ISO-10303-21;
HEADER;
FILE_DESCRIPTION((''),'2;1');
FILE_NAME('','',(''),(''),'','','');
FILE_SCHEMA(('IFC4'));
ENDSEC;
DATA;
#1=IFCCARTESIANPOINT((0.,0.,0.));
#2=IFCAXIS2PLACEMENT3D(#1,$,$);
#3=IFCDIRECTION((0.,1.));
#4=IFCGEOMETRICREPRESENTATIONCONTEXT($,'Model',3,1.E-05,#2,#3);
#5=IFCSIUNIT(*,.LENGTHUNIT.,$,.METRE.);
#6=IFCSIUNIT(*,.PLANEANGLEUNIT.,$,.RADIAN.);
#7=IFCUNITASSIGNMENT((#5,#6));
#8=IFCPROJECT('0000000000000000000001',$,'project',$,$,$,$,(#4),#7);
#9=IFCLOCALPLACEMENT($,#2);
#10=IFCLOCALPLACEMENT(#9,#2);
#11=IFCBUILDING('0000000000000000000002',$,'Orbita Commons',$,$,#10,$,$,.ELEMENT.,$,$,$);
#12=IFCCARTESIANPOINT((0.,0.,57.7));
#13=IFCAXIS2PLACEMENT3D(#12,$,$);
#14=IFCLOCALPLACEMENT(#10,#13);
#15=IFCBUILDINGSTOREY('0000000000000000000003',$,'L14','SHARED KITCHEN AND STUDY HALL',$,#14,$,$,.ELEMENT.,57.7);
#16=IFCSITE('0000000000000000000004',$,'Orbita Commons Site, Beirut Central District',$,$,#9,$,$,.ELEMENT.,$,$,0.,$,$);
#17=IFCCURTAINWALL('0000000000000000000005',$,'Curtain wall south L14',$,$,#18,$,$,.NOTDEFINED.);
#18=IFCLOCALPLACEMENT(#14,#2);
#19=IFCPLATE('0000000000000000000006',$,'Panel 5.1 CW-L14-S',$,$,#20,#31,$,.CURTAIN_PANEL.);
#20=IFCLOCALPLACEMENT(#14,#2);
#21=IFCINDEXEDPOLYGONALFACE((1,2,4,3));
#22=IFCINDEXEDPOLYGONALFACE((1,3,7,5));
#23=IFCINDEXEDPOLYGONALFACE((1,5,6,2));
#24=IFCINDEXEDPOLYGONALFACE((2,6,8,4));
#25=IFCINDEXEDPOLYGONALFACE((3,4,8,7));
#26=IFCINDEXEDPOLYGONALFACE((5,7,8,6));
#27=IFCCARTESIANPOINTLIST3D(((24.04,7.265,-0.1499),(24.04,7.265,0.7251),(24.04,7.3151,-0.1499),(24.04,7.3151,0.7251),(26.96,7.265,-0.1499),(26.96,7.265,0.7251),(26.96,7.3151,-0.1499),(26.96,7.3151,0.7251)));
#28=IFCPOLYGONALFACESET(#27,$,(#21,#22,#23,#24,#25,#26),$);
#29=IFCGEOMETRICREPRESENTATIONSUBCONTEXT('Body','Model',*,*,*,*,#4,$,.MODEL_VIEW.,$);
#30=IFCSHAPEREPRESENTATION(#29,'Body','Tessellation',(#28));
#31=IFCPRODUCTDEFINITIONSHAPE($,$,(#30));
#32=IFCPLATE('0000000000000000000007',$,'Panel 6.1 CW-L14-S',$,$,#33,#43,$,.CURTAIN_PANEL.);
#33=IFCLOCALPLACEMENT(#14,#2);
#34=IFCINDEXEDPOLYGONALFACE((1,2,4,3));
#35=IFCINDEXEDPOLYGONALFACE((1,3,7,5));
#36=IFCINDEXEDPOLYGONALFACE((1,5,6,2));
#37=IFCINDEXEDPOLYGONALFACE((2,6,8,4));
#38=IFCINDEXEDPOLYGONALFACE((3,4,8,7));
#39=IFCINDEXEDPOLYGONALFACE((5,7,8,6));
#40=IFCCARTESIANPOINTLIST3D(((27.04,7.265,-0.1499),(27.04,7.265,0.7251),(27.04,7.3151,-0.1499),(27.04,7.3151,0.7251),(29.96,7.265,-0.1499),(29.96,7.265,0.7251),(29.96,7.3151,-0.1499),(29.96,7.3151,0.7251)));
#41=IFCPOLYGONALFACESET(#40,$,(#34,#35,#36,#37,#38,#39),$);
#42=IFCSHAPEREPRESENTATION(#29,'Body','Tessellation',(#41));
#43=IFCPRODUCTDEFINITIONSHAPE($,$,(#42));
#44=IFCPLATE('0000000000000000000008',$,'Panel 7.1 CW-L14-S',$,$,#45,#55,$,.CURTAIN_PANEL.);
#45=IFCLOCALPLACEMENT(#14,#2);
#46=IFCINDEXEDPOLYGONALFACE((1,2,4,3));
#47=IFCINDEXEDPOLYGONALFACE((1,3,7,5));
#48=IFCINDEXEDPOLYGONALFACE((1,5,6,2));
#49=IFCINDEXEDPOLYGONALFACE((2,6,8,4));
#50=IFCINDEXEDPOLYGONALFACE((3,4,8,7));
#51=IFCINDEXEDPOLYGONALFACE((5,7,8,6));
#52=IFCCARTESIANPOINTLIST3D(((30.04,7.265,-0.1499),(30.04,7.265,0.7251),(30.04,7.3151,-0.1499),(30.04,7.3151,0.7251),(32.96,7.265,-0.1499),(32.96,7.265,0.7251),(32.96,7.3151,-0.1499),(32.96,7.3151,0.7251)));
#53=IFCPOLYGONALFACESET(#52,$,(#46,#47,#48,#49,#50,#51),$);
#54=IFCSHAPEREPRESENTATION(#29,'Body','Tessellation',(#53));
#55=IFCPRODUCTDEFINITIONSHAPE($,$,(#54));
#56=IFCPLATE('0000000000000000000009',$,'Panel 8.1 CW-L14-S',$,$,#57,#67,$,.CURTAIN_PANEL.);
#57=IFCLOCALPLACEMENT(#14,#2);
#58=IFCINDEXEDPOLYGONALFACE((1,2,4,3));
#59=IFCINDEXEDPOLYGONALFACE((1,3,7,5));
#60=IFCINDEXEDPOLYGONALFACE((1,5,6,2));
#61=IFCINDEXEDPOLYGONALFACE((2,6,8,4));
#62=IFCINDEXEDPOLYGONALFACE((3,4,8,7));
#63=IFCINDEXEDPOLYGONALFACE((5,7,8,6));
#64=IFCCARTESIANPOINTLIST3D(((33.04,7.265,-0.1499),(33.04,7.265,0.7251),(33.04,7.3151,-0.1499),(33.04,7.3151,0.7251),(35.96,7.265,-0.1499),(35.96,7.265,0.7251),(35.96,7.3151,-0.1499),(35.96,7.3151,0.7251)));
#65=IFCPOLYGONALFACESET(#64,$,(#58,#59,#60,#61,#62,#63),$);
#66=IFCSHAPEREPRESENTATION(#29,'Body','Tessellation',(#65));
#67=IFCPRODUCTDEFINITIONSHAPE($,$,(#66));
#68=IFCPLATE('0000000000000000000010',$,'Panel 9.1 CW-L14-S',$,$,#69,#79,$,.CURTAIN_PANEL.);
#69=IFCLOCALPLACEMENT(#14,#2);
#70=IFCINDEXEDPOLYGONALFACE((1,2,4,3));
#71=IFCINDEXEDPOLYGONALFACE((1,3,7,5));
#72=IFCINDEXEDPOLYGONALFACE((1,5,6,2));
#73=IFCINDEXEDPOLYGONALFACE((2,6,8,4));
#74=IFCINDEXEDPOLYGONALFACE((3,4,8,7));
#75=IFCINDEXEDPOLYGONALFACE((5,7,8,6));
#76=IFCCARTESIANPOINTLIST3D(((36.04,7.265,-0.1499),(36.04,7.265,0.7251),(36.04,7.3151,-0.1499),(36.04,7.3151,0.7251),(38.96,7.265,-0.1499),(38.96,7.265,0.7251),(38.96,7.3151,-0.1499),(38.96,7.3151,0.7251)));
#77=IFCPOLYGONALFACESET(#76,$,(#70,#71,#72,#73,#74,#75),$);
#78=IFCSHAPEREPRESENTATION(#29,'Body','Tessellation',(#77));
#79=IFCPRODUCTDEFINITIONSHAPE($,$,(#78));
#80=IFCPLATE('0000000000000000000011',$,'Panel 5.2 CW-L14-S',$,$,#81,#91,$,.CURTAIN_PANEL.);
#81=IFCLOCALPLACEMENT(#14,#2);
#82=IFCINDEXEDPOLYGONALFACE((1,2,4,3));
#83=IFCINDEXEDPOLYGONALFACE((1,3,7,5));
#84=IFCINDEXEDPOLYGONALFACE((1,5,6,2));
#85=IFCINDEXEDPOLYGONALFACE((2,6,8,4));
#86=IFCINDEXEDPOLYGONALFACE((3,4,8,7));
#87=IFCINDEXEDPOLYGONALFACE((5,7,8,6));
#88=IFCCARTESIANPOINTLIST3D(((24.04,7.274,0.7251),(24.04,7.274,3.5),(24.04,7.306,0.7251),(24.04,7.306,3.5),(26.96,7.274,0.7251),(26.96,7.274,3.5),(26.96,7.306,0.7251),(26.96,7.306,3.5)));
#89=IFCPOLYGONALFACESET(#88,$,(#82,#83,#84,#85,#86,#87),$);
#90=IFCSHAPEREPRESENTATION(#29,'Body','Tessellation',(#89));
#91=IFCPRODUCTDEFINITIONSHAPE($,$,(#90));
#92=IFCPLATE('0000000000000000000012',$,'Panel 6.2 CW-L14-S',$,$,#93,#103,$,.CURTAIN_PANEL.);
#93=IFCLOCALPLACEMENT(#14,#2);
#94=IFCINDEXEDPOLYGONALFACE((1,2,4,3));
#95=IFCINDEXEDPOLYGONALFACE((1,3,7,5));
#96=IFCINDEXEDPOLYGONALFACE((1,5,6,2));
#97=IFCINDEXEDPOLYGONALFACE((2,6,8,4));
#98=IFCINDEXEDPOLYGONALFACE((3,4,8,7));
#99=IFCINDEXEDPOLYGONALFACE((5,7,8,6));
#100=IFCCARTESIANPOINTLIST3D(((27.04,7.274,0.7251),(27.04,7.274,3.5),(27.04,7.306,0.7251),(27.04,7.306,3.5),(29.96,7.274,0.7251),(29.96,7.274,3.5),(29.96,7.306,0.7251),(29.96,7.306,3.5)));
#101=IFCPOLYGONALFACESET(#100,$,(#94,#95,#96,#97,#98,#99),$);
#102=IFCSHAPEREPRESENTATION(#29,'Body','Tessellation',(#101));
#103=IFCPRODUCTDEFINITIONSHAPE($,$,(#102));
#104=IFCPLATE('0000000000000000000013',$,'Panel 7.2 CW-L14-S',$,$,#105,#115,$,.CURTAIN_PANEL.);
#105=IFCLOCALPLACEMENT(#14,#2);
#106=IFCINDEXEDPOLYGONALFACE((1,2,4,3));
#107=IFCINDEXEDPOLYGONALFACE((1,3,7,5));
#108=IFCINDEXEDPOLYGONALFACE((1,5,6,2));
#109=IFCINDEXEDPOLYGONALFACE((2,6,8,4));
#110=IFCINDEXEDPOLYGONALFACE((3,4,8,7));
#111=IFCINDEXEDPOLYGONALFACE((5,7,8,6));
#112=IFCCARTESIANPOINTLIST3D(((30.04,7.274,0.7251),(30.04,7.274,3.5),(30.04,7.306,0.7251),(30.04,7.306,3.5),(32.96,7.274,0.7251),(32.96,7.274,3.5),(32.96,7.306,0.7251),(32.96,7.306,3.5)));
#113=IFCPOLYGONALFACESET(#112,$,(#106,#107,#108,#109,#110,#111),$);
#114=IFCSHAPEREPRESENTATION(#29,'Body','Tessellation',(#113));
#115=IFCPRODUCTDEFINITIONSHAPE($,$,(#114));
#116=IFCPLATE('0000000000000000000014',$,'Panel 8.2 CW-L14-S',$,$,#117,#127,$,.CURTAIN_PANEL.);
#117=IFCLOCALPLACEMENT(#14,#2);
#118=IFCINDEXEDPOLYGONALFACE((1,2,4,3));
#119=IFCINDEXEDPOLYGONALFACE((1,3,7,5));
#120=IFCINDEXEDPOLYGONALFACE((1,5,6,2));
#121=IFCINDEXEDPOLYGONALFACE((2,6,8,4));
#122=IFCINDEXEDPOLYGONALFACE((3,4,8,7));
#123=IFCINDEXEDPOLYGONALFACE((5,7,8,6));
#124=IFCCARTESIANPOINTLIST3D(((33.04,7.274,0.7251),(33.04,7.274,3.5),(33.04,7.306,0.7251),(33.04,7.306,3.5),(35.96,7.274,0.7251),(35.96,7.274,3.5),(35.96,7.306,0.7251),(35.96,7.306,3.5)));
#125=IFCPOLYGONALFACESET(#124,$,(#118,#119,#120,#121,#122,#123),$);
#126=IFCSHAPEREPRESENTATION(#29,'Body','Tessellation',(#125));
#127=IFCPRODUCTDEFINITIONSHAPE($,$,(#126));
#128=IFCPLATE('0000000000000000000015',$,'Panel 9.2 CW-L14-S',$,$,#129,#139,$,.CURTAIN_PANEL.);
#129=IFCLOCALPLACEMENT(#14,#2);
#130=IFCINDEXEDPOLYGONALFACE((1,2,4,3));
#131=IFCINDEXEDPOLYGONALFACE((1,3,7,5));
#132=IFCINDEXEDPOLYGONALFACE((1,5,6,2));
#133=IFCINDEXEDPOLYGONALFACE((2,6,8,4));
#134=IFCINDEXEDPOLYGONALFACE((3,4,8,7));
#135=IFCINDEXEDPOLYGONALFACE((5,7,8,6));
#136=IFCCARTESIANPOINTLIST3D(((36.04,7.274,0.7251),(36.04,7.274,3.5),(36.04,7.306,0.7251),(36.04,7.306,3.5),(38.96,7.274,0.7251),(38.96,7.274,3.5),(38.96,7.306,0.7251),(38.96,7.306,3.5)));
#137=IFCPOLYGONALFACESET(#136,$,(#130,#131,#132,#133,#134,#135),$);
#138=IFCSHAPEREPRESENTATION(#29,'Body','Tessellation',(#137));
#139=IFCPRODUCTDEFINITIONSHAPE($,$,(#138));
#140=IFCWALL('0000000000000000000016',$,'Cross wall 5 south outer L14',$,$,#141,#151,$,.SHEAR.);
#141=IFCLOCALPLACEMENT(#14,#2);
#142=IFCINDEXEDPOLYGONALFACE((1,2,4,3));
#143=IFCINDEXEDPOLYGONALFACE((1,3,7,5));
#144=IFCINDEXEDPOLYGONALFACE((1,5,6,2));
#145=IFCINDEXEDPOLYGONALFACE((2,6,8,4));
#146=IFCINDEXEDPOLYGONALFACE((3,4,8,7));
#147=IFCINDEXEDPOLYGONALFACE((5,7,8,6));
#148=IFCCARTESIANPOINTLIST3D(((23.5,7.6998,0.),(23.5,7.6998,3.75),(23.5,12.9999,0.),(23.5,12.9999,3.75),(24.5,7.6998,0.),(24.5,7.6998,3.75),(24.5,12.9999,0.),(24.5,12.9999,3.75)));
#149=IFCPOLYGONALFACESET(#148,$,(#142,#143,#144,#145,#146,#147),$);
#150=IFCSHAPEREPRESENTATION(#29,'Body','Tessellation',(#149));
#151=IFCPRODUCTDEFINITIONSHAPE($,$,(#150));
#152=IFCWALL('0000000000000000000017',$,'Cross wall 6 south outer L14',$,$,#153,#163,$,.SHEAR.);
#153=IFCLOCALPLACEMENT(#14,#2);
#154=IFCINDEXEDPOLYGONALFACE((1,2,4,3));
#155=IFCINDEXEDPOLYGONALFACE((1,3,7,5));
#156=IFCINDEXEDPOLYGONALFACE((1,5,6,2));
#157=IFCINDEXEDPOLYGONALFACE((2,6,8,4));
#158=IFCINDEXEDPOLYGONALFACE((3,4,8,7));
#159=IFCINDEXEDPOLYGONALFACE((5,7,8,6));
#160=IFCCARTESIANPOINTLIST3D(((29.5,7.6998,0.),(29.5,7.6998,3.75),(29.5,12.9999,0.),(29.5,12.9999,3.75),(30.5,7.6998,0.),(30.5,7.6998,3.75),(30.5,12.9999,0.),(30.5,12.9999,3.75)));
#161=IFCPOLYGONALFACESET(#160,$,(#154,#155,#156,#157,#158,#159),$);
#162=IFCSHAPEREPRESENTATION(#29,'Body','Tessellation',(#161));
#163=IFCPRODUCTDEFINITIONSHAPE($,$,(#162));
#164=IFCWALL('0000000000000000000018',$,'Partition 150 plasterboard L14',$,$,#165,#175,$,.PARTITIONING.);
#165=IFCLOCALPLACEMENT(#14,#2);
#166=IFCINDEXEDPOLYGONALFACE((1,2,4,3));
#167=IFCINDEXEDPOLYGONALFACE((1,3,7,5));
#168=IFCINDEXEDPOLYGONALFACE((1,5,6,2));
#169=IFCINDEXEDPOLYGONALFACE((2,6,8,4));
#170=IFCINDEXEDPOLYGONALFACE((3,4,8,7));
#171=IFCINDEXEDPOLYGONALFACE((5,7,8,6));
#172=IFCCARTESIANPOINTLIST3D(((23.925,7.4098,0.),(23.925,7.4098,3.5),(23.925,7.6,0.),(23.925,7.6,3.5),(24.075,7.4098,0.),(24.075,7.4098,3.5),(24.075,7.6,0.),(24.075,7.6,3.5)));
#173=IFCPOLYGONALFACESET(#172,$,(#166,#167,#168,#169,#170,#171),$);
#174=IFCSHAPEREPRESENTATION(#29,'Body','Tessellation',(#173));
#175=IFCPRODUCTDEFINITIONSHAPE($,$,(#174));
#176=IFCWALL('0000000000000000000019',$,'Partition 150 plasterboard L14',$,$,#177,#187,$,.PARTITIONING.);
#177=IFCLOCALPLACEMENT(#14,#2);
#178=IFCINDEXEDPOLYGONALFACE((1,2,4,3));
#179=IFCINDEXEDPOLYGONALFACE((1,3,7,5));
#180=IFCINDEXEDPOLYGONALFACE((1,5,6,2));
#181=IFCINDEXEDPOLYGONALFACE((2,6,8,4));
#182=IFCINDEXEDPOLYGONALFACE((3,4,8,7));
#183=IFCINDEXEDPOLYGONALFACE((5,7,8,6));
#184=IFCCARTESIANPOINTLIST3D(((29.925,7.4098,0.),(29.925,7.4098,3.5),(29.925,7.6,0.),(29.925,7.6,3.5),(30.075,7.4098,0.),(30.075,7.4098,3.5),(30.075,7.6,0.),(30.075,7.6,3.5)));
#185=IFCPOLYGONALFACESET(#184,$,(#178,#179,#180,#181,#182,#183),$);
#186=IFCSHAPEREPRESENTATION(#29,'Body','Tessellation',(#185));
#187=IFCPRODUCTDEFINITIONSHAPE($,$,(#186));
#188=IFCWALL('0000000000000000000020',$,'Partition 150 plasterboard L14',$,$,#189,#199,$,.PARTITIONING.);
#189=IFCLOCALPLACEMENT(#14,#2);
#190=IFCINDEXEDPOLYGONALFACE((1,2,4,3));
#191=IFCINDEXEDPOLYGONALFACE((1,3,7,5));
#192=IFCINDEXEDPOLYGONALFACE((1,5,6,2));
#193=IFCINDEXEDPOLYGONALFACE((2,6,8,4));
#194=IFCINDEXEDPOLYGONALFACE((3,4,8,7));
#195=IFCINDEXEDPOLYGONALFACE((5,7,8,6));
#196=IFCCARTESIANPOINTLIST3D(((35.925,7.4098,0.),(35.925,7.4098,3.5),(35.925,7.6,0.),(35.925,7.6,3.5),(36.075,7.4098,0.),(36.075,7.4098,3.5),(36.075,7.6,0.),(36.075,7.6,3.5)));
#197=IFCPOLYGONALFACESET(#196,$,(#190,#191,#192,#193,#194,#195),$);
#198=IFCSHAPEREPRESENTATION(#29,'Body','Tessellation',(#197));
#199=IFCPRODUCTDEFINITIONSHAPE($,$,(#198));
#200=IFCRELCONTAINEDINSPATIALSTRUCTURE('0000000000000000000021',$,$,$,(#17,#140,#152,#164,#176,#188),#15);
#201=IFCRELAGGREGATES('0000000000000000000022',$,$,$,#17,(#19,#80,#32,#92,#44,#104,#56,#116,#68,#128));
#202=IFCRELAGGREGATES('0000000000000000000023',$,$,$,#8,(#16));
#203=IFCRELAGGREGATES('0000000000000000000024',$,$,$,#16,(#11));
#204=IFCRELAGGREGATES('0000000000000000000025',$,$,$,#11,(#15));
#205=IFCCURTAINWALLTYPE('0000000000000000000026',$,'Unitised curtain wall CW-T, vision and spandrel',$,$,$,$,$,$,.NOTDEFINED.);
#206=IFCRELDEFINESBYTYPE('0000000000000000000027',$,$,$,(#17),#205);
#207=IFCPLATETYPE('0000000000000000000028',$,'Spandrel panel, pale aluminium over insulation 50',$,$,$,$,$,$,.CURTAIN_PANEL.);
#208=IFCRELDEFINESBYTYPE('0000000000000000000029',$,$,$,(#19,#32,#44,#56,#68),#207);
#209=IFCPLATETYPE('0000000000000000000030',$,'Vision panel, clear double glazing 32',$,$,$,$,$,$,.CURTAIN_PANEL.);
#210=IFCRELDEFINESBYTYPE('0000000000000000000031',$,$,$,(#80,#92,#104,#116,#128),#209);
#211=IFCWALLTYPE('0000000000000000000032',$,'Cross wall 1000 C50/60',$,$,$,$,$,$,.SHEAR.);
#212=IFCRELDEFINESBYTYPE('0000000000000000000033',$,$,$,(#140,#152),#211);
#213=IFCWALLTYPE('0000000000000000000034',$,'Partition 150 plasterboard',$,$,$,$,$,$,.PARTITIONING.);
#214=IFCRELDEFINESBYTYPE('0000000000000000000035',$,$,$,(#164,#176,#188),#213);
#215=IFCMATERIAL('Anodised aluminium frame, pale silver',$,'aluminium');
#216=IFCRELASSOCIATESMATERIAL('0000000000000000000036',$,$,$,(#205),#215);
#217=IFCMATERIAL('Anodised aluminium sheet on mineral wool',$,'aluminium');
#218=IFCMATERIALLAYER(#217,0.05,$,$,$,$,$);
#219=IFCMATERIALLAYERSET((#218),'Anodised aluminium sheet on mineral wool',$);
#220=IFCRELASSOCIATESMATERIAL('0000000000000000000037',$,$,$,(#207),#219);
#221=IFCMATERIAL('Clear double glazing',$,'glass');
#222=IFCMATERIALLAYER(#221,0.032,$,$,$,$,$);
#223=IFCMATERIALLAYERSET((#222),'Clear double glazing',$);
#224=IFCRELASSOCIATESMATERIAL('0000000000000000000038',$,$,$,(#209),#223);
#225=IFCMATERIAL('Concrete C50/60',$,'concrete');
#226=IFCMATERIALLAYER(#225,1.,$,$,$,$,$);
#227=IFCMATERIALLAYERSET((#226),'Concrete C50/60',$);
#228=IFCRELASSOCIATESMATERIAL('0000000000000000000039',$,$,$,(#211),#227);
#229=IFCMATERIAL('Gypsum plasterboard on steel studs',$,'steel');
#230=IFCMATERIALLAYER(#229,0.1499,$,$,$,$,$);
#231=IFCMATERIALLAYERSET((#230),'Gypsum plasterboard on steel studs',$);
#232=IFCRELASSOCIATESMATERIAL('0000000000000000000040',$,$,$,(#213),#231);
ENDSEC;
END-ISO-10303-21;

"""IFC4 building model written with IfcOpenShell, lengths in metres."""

from ifc_helpers import new_model, si_unit, direction, frame, frame_2d, origin, origin_2d, place, context, subcontext, project, spatial, rectangle, extrude, material, layer, layer_set, type_object, element, aggregate, save


model = new_model("IFC4")

# Units and contexts
model_context = context("Model", 3, precision=1e-05, world=origin(), true_north=direction((0.0, 1.0)))
body_context = subcontext(model_context, "Body", "Model", "MODEL_VIEW")
ifc_project = project(units=[si_unit("LENGTHUNIT", "METRE"), si_unit("PLANEANGLEUNIT", "RADIAN")], contexts=[model_context])

# Site, building, storey
site_placement = place(None, origin())
site = spatial("IfcSite", under=ifc_project, at=site_placement, Name="Orbita Commons Site, Beirut Central District", CompositionType="ELEMENT", RefElevation=0.0)
building_placement = place(site_placement, origin())
building = spatial("IfcBuilding", under=site, at=building_placement, Name="Orbita Commons", CompositionType="ELEMENT")
storey_placement = place(building_placement, frame((0.0, 0.0, 57.7)))
storey = spatial("IfcBuildingStorey", under=building, at=storey_placement, Name="L14", Description="SHARED KITCHEN AND STUDY HALL", CompositionType="ELEMENT", Elevation=57.7)

# Curtain wall, plates
ifc_material_1 = material(Name="Anodised aluminium frame, pale silver", Category="aluminium")
curtain_wall_type = type_object("IfcCurtainWallType", Name="Unitised curtain wall CW-T, vision and spandrel", PredefinedType="NOTDEFINED", material=ifc_material_1)
curtain_wall_placement = place(storey_placement, origin())
curtain_wall = element("IfcCurtainWall", 1, at=curtain_wall_placement, inside=storey, type_object=curtain_wall_type, Name="Curtain wall south L14", PredefinedType="NOTDEFINED")
ifc_material_2 = material(Name="Anodised aluminium sheet on mineral wool", Category="aluminium")
ifc_layer_1 = layer(ifc_material_2, 0.05)
ifc_layer_set_1 = layer_set([ifc_layer_1], Name="Anodised aluminium sheet on mineral wool")
plate_type_1 = type_object("IfcPlateType", Name="Spandrel panel, pale aluminium over insulation 50", PredefinedType="CURTAIN_PANEL", material=ifc_layer_set_1)
plate_1_placement = place(storey_placement, frame((25.5, 7.29, -0.1499), z_axis=(0.0, 0.0, 1.0), x_axis=(1.0, 0.0, 0.0)))
plate_1 = element("IfcPlate", 2, at=plate_1_placement, type_object=plate_type_1, Name="Panel 5.1 CW-L14-S", PredefinedType="CURTAIN_PANEL", context=body_context, shape_type="SweptSolid", body=[
    extrude(rectangle(XDim=2.9199, YDim=0.05, at=origin_2d()), origin(), (0.0, 0.0, 1.0), 0.875),
])
plate_2_placement = place(storey_placement, frame((28.5, 7.29, -0.1499), z_axis=(0.0, 0.0, 1.0), x_axis=(1.0, 0.0, 0.0)))
plate_2 = element("IfcPlate", 3, at=plate_2_placement, type_object=plate_type_1, Name="Panel 6.1 CW-L14-S", PredefinedType="CURTAIN_PANEL", context=body_context, shape_type="SweptSolid", body=[
    extrude(rectangle(XDim=2.9199, YDim=0.05, at=origin_2d()), origin(), (0.0, 0.0, 1.0), 0.875),
])
plate_3_placement = place(storey_placement, frame((31.5, 7.29, -0.1499), z_axis=(0.0, 0.0, 1.0), x_axis=(1.0, 0.0, 0.0)))
plate_3 = element("IfcPlate", 4, at=plate_3_placement, type_object=plate_type_1, Name="Panel 7.1 CW-L14-S", PredefinedType="CURTAIN_PANEL", context=body_context, shape_type="SweptSolid", body=[
    extrude(rectangle(XDim=2.9199, YDim=0.05, at=origin_2d()), origin(), (0.0, 0.0, 1.0), 0.875),
])
plate_4_placement = place(storey_placement, frame((34.5, 7.29, -0.1499), z_axis=(0.0, 0.0, 1.0), x_axis=(1.0, 0.0, 0.0)))
plate_4 = element("IfcPlate", 5, at=plate_4_placement, type_object=plate_type_1, Name="Panel 8.1 CW-L14-S", PredefinedType="CURTAIN_PANEL", context=body_context, shape_type="SweptSolid", body=[
    extrude(rectangle(XDim=2.9199, YDim=0.05, at=origin_2d()), origin(), (0.0, 0.0, 1.0), 0.875),
])
plate_5_placement = place(storey_placement, frame((37.5, 7.29, -0.1499), z_axis=(0.0, 0.0, 1.0), x_axis=(1.0, 0.0, 0.0)))
plate_5 = element("IfcPlate", 6, at=plate_5_placement, type_object=plate_type_1, Name="Panel 9.1 CW-L14-S", PredefinedType="CURTAIN_PANEL", context=body_context, shape_type="SweptSolid", body=[
    extrude(rectangle(XDim=2.9199, YDim=0.05, at=origin_2d()), origin(), (0.0, 0.0, 1.0), 0.875),
])
ifc_material_3 = material(Name="Clear double glazing", Category="glass")
ifc_layer_2 = layer(ifc_material_3, 0.032)
ifc_layer_set_2 = layer_set([ifc_layer_2], Name="Clear double glazing")
plate_type_2 = type_object("IfcPlateType", Name="Vision panel, clear double glazing 32", PredefinedType="CURTAIN_PANEL", material=ifc_layer_set_2)
plate_6_placement = place(storey_placement, frame((25.5, 7.29, 0.7251), z_axis=(0.0, 0.0, 1.0), x_axis=(1.0, 0.0, 0.0)))
plate_6 = element("IfcPlate", 7, at=plate_6_placement, type_object=plate_type_2, Name="Panel 5.2 CW-L14-S", PredefinedType="CURTAIN_PANEL", context=body_context, shape_type="SweptSolid", body=[
    extrude(rectangle(XDim=2.9199, YDim=0.032, at=origin_2d()), origin(), (0.0, 0.0, 1.0), 2.7749),
])
plate_7_placement = place(storey_placement, frame((28.5, 7.29, 0.7251), z_axis=(0.0, 0.0, 1.0), x_axis=(1.0, 0.0, 0.0)))
plate_7 = element("IfcPlate", 8, at=plate_7_placement, type_object=plate_type_2, Name="Panel 6.2 CW-L14-S", PredefinedType="CURTAIN_PANEL", context=body_context, shape_type="SweptSolid", body=[
    extrude(rectangle(XDim=2.9199, YDim=0.032, at=origin_2d()), origin(), (0.0, 0.0, 1.0), 2.7749),
])
plate_8_placement = place(storey_placement, frame((31.5, 7.29, 0.7251), z_axis=(0.0, 0.0, 1.0), x_axis=(1.0, 0.0, 0.0)))
plate_8 = element("IfcPlate", 9, at=plate_8_placement, type_object=plate_type_2, Name="Panel 7.2 CW-L14-S", PredefinedType="CURTAIN_PANEL", context=body_context, shape_type="SweptSolid", body=[
    extrude(rectangle(XDim=2.9199, YDim=0.032, at=origin_2d()), origin(), (0.0, 0.0, 1.0), 2.7749),
])
plate_9_placement = place(storey_placement, frame((34.5, 7.29, 0.7251), z_axis=(0.0, 0.0, 1.0), x_axis=(1.0, 0.0, 0.0)))
plate_9 = element("IfcPlate", 10, at=plate_9_placement, type_object=plate_type_2, Name="Panel 8.2 CW-L14-S", PredefinedType="CURTAIN_PANEL", context=body_context, shape_type="SweptSolid", body=[
    extrude(rectangle(XDim=2.9199, YDim=0.032, at=origin_2d()), origin(), (0.0, 0.0, 1.0), 2.7749),
])
plate_10_placement = place(storey_placement, frame((37.5, 7.29, 0.7251), z_axis=(0.0, 0.0, 1.0), x_axis=(1.0, 0.0, 0.0)))
plate_10 = element("IfcPlate", 11, at=plate_10_placement, type_object=plate_type_2, Name="Panel 9.2 CW-L14-S", PredefinedType="CURTAIN_PANEL", context=body_context, shape_type="SweptSolid", body=[
    extrude(rectangle(XDim=2.9199, YDim=0.032, at=origin_2d()), origin(), (0.0, 0.0, 1.0), 2.7749),
])
aggregate(curtain_wall, [plate_1, plate_6, plate_2, plate_7, plate_3, plate_8, plate_4, plate_9, plate_5, plate_10])

# Walls
ifc_material_4 = material(Name="Concrete C50/60", Category="concrete")
ifc_layer_3 = layer(ifc_material_4, 1.0)
ifc_layer_set_3 = layer_set([ifc_layer_3], Name="Concrete C50/60")
wall_type_1 = type_object("IfcWallType", Name="Cross wall 1000 C50/60", PredefinedType="SHEAR", material=ifc_layer_set_3)
for number, where, z_axis, x_axis, name in (
    (12, (24.0, 7.7, 0.0), (0.0, 0.0, 1.0), (0.0, 1.0, 0.0), "Cross wall 5 south outer L14"),
    (13, (30.0, 7.7, 0.0), (0.0, 0.0, 1.0), (0.0, 1.0, 0.0), "Cross wall 6 south outer L14"),
):
    element("IfcWall", number, at=place(storey_placement, frame(where, z_axis=z_axis, x_axis=x_axis)), inside=storey, type_object=wall_type_1, Name=name, PredefinedType="SHEAR", context=body_context, shape_type="SweptSolid", body=[
        extrude(rectangle(XDim=5.3, YDim=1.0, at=frame_2d((2.6499, 0.0))), origin(), (0.0, 0.0, 1.0), 3.75),
    ])
ifc_material_5 = material(Name="Gypsum plasterboard on steel studs", Category="steel")
ifc_layer_4 = layer(ifc_material_5, 0.1499)
ifc_layer_set_4 = layer_set([ifc_layer_4], Name="Gypsum plasterboard on steel studs")
wall_type_2 = type_object("IfcWallType", Name="Partition 150 plasterboard", PredefinedType="PARTITIONING", material=ifc_layer_set_4)
for number, where, z_axis, x_axis, name in (
    (14, (24.0, 7.6001, 0.0), (0.0, 0.0, 1.0), (0.0, -1.0, 0.0), "Partition 150 plasterboard L14"),
    (15, (30.0, 7.6001, 0.0), (0.0, 0.0, 1.0), (0.0, -1.0, 0.0), "Partition 150 plasterboard L14"),
    (16, (36.0, 7.6001, 0.0), (0.0, 0.0, 1.0), (0.0, -1.0, 0.0), "Partition 150 plasterboard L14"),
):
    element("IfcWall", number, at=place(storey_placement, frame(where, z_axis=z_axis, x_axis=x_axis)), inside=storey, type_object=wall_type_2, Name=name, PredefinedType="PARTITIONING", context=body_context, shape_type="SweptSolid", body=[
        extrude(rectangle(XDim=0.1902, YDim=0.1499, at=frame_2d((0.0952, 0.0))), origin(), (0.0, 0.0, 1.0), 3.5),
    ])

save(model, "model.ifc")
